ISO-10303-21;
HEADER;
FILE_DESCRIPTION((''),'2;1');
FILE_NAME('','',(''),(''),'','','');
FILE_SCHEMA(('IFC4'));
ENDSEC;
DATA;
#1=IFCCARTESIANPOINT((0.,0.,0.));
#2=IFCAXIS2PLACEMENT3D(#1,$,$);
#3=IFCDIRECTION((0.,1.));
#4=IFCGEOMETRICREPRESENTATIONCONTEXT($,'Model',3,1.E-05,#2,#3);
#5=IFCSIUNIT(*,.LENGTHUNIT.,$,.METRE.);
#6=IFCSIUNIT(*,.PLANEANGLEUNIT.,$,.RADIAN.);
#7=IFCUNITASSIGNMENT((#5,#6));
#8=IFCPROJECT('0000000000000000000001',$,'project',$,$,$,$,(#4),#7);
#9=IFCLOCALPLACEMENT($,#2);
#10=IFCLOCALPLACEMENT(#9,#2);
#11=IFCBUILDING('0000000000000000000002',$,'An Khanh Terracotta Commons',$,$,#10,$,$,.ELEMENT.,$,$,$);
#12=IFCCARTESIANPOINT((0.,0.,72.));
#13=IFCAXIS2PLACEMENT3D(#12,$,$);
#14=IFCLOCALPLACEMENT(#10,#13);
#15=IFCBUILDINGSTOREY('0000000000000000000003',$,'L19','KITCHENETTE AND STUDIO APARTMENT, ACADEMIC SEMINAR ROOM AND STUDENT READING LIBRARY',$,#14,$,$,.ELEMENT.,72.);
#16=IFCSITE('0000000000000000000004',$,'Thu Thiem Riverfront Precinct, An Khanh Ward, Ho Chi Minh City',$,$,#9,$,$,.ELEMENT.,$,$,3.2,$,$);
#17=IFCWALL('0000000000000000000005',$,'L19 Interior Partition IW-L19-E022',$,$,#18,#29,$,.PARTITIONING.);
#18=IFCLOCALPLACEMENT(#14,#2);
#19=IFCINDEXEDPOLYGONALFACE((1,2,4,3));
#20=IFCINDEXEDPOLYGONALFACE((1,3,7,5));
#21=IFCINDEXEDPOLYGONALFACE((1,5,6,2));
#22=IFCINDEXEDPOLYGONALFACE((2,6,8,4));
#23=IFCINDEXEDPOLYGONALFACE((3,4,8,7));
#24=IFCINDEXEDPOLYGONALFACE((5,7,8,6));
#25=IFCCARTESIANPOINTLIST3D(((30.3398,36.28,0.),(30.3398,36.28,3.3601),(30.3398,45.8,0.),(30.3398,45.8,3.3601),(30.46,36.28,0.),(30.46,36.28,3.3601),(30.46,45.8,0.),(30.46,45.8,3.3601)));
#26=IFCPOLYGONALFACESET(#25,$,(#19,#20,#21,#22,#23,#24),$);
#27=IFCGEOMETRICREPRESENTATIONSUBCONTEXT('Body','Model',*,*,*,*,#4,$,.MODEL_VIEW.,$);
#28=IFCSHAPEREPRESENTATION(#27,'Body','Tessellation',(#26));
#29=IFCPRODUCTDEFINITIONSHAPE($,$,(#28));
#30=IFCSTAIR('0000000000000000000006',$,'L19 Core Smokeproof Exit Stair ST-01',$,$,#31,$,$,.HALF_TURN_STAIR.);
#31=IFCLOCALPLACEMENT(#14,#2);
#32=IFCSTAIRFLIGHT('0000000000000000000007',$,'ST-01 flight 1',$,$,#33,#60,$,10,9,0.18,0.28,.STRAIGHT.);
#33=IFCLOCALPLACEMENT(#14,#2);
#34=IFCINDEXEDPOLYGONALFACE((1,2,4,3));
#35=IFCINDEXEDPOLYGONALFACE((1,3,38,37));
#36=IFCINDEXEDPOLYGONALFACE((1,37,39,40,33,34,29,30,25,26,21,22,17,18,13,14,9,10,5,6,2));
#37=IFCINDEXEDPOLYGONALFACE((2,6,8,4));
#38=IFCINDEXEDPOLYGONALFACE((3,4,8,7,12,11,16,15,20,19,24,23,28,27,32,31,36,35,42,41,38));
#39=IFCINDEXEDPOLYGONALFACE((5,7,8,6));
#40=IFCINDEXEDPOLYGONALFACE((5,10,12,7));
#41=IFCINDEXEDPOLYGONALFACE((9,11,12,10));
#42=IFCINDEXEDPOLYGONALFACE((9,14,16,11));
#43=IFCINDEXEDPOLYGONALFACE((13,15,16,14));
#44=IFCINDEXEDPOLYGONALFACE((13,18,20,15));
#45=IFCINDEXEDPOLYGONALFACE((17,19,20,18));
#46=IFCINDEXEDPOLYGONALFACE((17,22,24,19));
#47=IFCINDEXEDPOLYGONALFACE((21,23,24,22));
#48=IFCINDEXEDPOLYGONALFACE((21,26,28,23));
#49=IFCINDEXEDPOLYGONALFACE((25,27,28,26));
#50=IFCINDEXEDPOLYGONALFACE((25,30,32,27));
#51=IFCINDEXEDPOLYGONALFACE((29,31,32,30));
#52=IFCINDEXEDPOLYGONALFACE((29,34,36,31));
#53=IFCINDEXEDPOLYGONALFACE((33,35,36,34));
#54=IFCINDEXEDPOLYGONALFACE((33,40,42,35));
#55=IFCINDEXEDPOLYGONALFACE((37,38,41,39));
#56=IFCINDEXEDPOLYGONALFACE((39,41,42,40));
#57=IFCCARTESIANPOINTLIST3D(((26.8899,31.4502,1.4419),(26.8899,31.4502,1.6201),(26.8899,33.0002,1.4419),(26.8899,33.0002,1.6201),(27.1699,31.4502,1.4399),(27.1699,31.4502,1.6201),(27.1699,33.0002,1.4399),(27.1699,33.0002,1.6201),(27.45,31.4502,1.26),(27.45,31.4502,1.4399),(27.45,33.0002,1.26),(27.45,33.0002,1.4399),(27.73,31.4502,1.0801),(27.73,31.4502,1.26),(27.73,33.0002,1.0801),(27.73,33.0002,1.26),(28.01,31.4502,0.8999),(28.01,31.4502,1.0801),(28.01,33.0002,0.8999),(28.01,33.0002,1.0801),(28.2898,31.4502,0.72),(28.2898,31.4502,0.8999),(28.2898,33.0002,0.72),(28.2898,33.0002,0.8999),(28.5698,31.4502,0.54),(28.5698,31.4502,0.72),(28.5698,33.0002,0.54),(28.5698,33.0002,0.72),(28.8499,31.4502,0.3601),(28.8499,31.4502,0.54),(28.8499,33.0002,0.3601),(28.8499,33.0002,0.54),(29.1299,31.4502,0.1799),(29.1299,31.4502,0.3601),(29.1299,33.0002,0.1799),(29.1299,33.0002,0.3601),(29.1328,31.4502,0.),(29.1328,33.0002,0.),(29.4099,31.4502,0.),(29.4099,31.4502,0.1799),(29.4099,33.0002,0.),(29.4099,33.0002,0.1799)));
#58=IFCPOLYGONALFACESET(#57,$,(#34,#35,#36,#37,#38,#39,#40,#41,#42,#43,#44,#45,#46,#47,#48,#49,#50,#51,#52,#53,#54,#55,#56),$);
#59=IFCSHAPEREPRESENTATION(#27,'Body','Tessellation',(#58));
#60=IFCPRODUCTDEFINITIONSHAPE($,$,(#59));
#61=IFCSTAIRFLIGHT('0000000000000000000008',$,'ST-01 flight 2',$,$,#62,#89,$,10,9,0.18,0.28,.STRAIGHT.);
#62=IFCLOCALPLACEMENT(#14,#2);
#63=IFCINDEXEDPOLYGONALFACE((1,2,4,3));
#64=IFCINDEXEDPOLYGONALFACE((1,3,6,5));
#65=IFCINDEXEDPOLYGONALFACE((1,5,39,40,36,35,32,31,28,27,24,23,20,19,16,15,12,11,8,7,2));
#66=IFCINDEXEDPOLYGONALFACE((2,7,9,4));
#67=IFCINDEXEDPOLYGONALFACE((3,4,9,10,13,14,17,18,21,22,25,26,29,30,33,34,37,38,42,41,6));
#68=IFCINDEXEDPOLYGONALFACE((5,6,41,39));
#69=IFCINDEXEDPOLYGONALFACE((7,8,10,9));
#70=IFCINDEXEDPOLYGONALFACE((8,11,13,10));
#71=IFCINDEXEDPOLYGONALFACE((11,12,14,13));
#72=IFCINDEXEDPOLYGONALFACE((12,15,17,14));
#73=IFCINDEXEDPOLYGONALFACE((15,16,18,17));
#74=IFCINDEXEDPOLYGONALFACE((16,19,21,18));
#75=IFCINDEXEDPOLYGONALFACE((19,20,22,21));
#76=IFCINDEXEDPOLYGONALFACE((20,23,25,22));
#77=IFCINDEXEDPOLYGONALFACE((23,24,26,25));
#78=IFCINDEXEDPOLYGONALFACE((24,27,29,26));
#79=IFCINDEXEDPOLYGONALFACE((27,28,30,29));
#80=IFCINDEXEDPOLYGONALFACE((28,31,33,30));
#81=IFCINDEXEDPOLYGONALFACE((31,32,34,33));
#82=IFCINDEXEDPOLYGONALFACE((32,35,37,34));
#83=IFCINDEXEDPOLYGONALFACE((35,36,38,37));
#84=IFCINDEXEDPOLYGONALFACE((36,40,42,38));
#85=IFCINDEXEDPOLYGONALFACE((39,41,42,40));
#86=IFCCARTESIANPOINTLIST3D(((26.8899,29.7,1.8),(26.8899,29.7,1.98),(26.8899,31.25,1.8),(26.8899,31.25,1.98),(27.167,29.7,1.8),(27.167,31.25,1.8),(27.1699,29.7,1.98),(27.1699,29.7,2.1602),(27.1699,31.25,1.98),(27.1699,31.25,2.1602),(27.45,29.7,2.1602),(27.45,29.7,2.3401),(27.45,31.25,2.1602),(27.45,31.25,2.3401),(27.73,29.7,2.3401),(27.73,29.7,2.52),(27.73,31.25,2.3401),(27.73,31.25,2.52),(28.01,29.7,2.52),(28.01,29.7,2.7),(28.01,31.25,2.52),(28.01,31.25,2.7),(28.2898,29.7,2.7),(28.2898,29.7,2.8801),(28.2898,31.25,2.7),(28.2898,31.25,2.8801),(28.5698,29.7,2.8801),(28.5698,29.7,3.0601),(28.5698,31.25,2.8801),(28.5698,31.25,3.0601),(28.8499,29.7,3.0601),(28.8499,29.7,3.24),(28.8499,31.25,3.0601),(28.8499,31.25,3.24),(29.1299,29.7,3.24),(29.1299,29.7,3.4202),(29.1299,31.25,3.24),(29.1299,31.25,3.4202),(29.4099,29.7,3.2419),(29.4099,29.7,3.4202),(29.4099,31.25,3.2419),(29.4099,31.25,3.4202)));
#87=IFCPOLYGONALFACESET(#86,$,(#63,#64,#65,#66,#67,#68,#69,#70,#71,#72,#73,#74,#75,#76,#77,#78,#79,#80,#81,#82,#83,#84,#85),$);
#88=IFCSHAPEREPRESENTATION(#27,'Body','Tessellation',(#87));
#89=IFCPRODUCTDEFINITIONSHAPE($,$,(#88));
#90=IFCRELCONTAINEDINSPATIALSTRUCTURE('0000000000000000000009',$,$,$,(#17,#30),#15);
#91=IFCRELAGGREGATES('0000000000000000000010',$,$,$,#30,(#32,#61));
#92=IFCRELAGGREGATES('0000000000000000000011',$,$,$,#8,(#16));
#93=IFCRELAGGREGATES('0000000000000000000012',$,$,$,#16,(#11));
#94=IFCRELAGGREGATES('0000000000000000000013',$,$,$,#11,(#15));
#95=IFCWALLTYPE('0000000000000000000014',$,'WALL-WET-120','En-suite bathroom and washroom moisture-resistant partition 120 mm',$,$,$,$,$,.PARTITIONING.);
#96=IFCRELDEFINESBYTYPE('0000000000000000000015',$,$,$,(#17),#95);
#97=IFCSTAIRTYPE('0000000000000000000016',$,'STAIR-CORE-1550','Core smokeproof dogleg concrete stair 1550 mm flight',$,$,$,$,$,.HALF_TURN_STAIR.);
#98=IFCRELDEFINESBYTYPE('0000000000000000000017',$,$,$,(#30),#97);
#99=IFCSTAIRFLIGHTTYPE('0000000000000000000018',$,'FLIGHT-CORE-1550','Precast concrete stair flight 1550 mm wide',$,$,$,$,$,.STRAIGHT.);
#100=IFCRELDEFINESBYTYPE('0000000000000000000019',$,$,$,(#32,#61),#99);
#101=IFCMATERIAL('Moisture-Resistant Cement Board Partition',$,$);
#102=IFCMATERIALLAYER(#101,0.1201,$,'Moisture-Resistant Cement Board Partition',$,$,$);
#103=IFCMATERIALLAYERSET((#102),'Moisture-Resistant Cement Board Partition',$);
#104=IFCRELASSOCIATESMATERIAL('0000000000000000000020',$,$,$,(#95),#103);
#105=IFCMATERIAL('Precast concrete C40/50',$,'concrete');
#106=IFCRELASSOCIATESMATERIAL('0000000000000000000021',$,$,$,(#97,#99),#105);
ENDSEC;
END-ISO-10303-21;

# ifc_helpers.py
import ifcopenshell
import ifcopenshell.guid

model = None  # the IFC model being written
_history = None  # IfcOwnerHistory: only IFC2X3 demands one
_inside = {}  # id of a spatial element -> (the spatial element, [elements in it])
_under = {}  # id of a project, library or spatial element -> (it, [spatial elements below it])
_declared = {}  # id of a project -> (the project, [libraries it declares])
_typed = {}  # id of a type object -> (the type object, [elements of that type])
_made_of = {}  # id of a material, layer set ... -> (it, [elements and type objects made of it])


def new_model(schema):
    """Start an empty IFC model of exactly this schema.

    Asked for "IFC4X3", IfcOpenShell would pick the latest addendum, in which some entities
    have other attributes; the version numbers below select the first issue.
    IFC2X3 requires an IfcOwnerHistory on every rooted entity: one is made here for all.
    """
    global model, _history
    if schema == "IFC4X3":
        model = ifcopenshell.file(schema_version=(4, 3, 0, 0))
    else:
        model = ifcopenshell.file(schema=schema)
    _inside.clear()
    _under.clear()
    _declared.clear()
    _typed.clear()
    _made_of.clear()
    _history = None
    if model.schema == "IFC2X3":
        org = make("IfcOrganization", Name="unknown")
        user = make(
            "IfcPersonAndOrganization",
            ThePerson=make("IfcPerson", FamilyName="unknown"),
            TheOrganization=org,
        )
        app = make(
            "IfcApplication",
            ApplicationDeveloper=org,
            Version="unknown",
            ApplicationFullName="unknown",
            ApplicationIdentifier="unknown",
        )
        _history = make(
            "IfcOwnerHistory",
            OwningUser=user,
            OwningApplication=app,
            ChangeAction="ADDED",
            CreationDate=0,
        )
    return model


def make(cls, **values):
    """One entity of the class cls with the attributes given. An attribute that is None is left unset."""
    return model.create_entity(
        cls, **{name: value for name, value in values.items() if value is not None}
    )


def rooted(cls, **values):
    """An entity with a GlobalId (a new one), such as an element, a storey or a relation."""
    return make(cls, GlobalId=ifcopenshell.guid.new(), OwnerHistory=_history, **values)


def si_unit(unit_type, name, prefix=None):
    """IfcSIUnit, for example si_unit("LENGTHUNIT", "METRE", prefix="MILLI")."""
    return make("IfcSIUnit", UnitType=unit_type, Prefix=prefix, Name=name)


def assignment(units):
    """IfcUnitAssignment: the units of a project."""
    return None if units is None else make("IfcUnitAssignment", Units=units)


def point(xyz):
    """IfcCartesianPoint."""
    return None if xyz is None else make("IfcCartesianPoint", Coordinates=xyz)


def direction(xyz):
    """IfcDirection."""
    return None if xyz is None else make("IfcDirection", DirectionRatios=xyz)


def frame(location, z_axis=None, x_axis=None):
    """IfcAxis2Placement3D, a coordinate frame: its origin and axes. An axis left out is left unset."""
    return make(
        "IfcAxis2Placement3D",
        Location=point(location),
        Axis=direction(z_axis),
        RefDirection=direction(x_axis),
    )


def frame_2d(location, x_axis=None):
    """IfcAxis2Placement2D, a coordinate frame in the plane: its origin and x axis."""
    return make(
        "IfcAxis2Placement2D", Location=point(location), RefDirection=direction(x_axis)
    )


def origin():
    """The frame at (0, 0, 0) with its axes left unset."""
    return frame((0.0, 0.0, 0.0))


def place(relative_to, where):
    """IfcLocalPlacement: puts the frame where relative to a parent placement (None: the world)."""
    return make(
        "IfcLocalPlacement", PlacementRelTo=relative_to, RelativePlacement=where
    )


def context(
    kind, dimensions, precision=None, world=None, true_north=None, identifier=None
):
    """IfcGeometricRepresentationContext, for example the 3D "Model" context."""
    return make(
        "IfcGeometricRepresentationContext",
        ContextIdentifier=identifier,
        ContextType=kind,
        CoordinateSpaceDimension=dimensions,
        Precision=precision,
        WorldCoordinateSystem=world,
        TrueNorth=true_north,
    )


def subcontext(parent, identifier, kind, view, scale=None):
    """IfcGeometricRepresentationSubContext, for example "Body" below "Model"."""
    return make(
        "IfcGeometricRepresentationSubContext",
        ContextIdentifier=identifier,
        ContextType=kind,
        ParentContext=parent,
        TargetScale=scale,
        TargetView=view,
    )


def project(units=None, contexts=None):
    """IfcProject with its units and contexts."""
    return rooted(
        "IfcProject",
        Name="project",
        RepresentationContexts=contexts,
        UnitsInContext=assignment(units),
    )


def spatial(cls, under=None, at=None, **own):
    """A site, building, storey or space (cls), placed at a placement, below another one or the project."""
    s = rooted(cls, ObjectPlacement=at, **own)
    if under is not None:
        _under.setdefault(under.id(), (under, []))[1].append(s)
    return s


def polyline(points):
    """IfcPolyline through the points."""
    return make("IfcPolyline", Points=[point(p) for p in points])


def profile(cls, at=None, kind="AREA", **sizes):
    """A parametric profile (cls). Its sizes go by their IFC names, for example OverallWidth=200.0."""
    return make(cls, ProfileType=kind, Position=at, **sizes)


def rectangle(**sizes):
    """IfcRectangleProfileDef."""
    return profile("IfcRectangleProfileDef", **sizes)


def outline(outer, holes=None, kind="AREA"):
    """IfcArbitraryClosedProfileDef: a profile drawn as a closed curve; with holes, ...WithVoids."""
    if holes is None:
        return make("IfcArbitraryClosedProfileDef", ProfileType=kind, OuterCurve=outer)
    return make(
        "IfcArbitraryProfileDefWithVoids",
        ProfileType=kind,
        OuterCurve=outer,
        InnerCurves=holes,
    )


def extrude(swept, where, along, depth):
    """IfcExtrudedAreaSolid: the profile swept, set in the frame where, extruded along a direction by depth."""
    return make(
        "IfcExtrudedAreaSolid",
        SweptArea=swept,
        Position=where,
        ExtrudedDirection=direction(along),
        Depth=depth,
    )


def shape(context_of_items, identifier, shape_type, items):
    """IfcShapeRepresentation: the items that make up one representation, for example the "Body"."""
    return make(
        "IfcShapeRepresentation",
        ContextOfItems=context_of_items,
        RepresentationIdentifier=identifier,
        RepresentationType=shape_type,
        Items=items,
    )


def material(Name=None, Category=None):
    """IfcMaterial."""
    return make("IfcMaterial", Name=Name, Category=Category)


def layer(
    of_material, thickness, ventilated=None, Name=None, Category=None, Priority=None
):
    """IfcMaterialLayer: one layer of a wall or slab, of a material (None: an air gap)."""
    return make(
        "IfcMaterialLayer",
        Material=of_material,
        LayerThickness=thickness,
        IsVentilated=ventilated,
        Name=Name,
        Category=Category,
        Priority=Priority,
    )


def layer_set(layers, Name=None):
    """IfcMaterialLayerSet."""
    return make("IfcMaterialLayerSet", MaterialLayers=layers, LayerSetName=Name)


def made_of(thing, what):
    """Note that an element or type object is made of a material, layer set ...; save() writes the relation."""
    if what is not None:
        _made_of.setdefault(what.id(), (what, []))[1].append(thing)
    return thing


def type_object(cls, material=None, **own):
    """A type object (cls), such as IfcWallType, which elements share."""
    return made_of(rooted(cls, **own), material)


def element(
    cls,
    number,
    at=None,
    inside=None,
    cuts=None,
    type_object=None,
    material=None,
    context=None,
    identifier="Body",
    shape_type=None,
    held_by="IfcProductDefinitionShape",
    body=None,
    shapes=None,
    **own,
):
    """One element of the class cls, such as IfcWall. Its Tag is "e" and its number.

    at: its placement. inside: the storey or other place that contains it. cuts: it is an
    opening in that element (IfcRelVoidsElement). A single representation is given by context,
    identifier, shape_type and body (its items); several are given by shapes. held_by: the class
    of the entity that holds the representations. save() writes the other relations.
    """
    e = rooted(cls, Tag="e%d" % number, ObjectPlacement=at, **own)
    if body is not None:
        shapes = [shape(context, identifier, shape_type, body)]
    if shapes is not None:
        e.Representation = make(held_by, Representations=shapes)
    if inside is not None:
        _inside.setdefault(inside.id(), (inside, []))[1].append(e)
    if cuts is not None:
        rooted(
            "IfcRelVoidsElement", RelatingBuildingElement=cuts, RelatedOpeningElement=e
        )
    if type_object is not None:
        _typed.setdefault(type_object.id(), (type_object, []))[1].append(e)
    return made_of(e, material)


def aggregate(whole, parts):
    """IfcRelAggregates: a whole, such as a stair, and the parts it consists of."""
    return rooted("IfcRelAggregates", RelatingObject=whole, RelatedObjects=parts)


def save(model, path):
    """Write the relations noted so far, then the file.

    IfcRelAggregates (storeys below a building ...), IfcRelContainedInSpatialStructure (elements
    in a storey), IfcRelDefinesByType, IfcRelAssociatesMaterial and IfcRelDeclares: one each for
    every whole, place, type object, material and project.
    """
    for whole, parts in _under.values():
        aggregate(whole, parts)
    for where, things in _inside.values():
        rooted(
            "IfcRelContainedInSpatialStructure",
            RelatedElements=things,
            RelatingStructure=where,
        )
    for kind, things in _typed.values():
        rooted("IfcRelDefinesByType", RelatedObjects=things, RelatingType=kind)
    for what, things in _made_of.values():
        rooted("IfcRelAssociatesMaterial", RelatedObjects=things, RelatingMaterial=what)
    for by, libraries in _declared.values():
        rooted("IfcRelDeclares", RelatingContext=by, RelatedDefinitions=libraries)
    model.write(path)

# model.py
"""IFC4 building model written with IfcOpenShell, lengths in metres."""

from ifc_helpers import new_model, si_unit, direction, frame, frame_2d, origin, place, context, subcontext, project, spatial, polyline, rectangle, outline, extrude, material, layer, layer_set, type_object, element, aggregate, save


model = new_model("IFC4")

# Units and contexts
model_context = context("Model", 3, precision=1e-05, world=origin(), true_north=direction((0.0, 1.0)))
body_context = subcontext(model_context, "Body", "Model", "MODEL_VIEW")
ifc_project = project(units=[si_unit("LENGTHUNIT", "METRE"), si_unit("PLANEANGLEUNIT", "RADIAN")], contexts=[model_context])

# Site, building, storey
site_placement = place(None, origin())
site = spatial("IfcSite", under=ifc_project, at=site_placement, Name="Thu Thiem Riverfront Precinct, An Khanh Ward, Ho Chi Minh City", CompositionType="ELEMENT", RefElevation=3.2)
building_placement = place(site_placement, origin())
building = spatial("IfcBuilding", under=site, at=building_placement, Name="An Khanh Terracotta Commons", CompositionType="ELEMENT")
storey_placement = place(building_placement, frame((0.0, 0.0, 72.0)))
storey = spatial("IfcBuildingStorey", under=building, at=storey_placement, Name="L19", Description="KITCHENETTE AND STUDIO APARTMENT, ACADEMIC SEMINAR ROOM AND STUDENT READING LIBRARY", CompositionType="ELEMENT", Elevation=72.0)

# Wall
ifc_material_1 = material(Name="Moisture-Resistant Cement Board Partition")
ifc_layer_1 = layer(ifc_material_1, 0.1201, Name="Moisture-Resistant Cement Board Partition")
ifc_layer_set_1 = layer_set([ifc_layer_1], Name="Moisture-Resistant Cement Board Partition")
wall_type_1 = type_object("IfcWallType", Name="WALL-WET-120", Description="En-suite bathroom and washroom moisture-resistant partition 120 mm", PredefinedType="PARTITIONING", material=ifc_layer_set_1)
wall_1_placement = place(storey_placement, frame((30.3999, 36.28, 0.0), z_axis=(0.0, 0.0, 1.0), x_axis=(0.0, 1.0, 0.0)))
element("IfcWall", 1, at=wall_1_placement, inside=storey, type_object=wall_type_1, Name="L19 Interior Partition IW-L19-E022", PredefinedType="PARTITIONING", context=body_context, shape_type="SweptSolid", body=[
    extrude(rectangle(XDim=9.52, YDim=0.1201, at=frame_2d((4.76, 0.0))), origin(), (0.0, 0.0, 1.0), 3.3601),
])

# Stair, stair flights
ifc_material_2 = material(Name="Precast concrete C40/50", Category="concrete")
stair_type = type_object("IfcStairType", Name="STAIR-CORE-1550", Description="Core smokeproof dogleg concrete stair 1550 mm flight", PredefinedType="HALF_TURN_STAIR", material=ifc_material_2)
stair_placement = place(storey_placement, origin())
stair = element("IfcStair", 2, at=stair_placement, inside=storey, type_object=stair_type, Name="L19 Core Smokeproof Exit Stair ST-01", PredefinedType="HALF_TURN_STAIR")
stair_flight_type = type_object("IfcStairFlightType", Name="FLIGHT-CORE-1550", Description="Precast concrete stair flight 1550 mm wide", PredefinedType="STRAIGHT", material=ifc_material_2)
stair_flight_1_placement = place(storey_placement, frame((29.4099, 32.2251, 0.0), z_axis=(0.0, 0.0, 1.0), x_axis=(-1.0, 0.0, 0.0)))
stair_flight_1 = element("IfcStairFlight", 3, at=stair_flight_1_placement, type_object=stair_flight_type, Name="ST-01 flight 1", NumberOfRisers=10, NumberOfTreads=9, PredefinedType="STRAIGHT", RiserHeight=0.18, TreadLength=0.28, context=body_context, shape_type="SweptSolid", body=[
    extrude(outline(polyline([(0.0, 0.0), (0.0, 0.1799), (0.28, 0.1799), (0.28, 0.3601), (0.5601, 0.3601), (0.5601, 0.54), (0.8401, 0.54), (0.8401, 0.72), (1.1201, 0.72), (1.1201, 0.8999), (1.3999, 0.8999), (1.3999, 1.0801), (1.6799, 1.0801), (1.6799, 1.26), (1.96, 1.26), (1.96, 1.4399), (2.24, 1.4399), (2.24, 1.6201), (2.52, 1.6201), (2.52, 1.8), (2.52, 1.4419), (0.2771, 0.0), (0.0, 0.0)])), frame((0.0, 0.7749, 0.0), z_axis=(0.0, -1.0, 0.0), x_axis=(1.0, 0.0, 0.0)), (0.0, 0.0, 1.0), 1.55),
])
stair_flight_2_placement = place(storey_placement, frame((26.8899, 30.4751, 1.8), z_axis=(0.0, 0.0, 1.0), x_axis=(1.0, 0.0, 0.0)))
stair_flight_2 = element("IfcStairFlight", 4, at=stair_flight_2_placement, type_object=stair_flight_type, Name="ST-01 flight 2", NumberOfRisers=10, NumberOfTreads=9, PredefinedType="STRAIGHT", RiserHeight=0.18, TreadLength=0.28, context=body_context, shape_type="SweptSolid", body=[
    extrude(outline(polyline([(0.0, 0.0), (0.0, 0.1799), (0.28, 0.1799), (0.28, 0.3601), (0.5601, 0.3601), (0.5601, 0.54), (0.8401, 0.54), (0.8401, 0.72), (1.1201, 0.72), (1.1201, 0.8999), (1.3999, 0.8999), (1.3999, 1.0801), (1.6799, 1.0801), (1.6799, 1.26), (1.96, 1.26), (1.96, 1.4399), (2.24, 1.4399), (2.24, 1.6201), (2.52, 1.6201), (2.52, 1.8), (2.52, 1.4419), (0.2771, 0.0), (0.0, 0.0)])), frame((0.0, 0.7749, 0.0), z_axis=(0.0, -1.0, 0.0), x_axis=(1.0, 0.0, 0.0)), (0.0, 0.0, 1.0), 1.55),
])
aggregate(stair, [stair_flight_1, stair_flight_2])

save(model, "model.ifc")
